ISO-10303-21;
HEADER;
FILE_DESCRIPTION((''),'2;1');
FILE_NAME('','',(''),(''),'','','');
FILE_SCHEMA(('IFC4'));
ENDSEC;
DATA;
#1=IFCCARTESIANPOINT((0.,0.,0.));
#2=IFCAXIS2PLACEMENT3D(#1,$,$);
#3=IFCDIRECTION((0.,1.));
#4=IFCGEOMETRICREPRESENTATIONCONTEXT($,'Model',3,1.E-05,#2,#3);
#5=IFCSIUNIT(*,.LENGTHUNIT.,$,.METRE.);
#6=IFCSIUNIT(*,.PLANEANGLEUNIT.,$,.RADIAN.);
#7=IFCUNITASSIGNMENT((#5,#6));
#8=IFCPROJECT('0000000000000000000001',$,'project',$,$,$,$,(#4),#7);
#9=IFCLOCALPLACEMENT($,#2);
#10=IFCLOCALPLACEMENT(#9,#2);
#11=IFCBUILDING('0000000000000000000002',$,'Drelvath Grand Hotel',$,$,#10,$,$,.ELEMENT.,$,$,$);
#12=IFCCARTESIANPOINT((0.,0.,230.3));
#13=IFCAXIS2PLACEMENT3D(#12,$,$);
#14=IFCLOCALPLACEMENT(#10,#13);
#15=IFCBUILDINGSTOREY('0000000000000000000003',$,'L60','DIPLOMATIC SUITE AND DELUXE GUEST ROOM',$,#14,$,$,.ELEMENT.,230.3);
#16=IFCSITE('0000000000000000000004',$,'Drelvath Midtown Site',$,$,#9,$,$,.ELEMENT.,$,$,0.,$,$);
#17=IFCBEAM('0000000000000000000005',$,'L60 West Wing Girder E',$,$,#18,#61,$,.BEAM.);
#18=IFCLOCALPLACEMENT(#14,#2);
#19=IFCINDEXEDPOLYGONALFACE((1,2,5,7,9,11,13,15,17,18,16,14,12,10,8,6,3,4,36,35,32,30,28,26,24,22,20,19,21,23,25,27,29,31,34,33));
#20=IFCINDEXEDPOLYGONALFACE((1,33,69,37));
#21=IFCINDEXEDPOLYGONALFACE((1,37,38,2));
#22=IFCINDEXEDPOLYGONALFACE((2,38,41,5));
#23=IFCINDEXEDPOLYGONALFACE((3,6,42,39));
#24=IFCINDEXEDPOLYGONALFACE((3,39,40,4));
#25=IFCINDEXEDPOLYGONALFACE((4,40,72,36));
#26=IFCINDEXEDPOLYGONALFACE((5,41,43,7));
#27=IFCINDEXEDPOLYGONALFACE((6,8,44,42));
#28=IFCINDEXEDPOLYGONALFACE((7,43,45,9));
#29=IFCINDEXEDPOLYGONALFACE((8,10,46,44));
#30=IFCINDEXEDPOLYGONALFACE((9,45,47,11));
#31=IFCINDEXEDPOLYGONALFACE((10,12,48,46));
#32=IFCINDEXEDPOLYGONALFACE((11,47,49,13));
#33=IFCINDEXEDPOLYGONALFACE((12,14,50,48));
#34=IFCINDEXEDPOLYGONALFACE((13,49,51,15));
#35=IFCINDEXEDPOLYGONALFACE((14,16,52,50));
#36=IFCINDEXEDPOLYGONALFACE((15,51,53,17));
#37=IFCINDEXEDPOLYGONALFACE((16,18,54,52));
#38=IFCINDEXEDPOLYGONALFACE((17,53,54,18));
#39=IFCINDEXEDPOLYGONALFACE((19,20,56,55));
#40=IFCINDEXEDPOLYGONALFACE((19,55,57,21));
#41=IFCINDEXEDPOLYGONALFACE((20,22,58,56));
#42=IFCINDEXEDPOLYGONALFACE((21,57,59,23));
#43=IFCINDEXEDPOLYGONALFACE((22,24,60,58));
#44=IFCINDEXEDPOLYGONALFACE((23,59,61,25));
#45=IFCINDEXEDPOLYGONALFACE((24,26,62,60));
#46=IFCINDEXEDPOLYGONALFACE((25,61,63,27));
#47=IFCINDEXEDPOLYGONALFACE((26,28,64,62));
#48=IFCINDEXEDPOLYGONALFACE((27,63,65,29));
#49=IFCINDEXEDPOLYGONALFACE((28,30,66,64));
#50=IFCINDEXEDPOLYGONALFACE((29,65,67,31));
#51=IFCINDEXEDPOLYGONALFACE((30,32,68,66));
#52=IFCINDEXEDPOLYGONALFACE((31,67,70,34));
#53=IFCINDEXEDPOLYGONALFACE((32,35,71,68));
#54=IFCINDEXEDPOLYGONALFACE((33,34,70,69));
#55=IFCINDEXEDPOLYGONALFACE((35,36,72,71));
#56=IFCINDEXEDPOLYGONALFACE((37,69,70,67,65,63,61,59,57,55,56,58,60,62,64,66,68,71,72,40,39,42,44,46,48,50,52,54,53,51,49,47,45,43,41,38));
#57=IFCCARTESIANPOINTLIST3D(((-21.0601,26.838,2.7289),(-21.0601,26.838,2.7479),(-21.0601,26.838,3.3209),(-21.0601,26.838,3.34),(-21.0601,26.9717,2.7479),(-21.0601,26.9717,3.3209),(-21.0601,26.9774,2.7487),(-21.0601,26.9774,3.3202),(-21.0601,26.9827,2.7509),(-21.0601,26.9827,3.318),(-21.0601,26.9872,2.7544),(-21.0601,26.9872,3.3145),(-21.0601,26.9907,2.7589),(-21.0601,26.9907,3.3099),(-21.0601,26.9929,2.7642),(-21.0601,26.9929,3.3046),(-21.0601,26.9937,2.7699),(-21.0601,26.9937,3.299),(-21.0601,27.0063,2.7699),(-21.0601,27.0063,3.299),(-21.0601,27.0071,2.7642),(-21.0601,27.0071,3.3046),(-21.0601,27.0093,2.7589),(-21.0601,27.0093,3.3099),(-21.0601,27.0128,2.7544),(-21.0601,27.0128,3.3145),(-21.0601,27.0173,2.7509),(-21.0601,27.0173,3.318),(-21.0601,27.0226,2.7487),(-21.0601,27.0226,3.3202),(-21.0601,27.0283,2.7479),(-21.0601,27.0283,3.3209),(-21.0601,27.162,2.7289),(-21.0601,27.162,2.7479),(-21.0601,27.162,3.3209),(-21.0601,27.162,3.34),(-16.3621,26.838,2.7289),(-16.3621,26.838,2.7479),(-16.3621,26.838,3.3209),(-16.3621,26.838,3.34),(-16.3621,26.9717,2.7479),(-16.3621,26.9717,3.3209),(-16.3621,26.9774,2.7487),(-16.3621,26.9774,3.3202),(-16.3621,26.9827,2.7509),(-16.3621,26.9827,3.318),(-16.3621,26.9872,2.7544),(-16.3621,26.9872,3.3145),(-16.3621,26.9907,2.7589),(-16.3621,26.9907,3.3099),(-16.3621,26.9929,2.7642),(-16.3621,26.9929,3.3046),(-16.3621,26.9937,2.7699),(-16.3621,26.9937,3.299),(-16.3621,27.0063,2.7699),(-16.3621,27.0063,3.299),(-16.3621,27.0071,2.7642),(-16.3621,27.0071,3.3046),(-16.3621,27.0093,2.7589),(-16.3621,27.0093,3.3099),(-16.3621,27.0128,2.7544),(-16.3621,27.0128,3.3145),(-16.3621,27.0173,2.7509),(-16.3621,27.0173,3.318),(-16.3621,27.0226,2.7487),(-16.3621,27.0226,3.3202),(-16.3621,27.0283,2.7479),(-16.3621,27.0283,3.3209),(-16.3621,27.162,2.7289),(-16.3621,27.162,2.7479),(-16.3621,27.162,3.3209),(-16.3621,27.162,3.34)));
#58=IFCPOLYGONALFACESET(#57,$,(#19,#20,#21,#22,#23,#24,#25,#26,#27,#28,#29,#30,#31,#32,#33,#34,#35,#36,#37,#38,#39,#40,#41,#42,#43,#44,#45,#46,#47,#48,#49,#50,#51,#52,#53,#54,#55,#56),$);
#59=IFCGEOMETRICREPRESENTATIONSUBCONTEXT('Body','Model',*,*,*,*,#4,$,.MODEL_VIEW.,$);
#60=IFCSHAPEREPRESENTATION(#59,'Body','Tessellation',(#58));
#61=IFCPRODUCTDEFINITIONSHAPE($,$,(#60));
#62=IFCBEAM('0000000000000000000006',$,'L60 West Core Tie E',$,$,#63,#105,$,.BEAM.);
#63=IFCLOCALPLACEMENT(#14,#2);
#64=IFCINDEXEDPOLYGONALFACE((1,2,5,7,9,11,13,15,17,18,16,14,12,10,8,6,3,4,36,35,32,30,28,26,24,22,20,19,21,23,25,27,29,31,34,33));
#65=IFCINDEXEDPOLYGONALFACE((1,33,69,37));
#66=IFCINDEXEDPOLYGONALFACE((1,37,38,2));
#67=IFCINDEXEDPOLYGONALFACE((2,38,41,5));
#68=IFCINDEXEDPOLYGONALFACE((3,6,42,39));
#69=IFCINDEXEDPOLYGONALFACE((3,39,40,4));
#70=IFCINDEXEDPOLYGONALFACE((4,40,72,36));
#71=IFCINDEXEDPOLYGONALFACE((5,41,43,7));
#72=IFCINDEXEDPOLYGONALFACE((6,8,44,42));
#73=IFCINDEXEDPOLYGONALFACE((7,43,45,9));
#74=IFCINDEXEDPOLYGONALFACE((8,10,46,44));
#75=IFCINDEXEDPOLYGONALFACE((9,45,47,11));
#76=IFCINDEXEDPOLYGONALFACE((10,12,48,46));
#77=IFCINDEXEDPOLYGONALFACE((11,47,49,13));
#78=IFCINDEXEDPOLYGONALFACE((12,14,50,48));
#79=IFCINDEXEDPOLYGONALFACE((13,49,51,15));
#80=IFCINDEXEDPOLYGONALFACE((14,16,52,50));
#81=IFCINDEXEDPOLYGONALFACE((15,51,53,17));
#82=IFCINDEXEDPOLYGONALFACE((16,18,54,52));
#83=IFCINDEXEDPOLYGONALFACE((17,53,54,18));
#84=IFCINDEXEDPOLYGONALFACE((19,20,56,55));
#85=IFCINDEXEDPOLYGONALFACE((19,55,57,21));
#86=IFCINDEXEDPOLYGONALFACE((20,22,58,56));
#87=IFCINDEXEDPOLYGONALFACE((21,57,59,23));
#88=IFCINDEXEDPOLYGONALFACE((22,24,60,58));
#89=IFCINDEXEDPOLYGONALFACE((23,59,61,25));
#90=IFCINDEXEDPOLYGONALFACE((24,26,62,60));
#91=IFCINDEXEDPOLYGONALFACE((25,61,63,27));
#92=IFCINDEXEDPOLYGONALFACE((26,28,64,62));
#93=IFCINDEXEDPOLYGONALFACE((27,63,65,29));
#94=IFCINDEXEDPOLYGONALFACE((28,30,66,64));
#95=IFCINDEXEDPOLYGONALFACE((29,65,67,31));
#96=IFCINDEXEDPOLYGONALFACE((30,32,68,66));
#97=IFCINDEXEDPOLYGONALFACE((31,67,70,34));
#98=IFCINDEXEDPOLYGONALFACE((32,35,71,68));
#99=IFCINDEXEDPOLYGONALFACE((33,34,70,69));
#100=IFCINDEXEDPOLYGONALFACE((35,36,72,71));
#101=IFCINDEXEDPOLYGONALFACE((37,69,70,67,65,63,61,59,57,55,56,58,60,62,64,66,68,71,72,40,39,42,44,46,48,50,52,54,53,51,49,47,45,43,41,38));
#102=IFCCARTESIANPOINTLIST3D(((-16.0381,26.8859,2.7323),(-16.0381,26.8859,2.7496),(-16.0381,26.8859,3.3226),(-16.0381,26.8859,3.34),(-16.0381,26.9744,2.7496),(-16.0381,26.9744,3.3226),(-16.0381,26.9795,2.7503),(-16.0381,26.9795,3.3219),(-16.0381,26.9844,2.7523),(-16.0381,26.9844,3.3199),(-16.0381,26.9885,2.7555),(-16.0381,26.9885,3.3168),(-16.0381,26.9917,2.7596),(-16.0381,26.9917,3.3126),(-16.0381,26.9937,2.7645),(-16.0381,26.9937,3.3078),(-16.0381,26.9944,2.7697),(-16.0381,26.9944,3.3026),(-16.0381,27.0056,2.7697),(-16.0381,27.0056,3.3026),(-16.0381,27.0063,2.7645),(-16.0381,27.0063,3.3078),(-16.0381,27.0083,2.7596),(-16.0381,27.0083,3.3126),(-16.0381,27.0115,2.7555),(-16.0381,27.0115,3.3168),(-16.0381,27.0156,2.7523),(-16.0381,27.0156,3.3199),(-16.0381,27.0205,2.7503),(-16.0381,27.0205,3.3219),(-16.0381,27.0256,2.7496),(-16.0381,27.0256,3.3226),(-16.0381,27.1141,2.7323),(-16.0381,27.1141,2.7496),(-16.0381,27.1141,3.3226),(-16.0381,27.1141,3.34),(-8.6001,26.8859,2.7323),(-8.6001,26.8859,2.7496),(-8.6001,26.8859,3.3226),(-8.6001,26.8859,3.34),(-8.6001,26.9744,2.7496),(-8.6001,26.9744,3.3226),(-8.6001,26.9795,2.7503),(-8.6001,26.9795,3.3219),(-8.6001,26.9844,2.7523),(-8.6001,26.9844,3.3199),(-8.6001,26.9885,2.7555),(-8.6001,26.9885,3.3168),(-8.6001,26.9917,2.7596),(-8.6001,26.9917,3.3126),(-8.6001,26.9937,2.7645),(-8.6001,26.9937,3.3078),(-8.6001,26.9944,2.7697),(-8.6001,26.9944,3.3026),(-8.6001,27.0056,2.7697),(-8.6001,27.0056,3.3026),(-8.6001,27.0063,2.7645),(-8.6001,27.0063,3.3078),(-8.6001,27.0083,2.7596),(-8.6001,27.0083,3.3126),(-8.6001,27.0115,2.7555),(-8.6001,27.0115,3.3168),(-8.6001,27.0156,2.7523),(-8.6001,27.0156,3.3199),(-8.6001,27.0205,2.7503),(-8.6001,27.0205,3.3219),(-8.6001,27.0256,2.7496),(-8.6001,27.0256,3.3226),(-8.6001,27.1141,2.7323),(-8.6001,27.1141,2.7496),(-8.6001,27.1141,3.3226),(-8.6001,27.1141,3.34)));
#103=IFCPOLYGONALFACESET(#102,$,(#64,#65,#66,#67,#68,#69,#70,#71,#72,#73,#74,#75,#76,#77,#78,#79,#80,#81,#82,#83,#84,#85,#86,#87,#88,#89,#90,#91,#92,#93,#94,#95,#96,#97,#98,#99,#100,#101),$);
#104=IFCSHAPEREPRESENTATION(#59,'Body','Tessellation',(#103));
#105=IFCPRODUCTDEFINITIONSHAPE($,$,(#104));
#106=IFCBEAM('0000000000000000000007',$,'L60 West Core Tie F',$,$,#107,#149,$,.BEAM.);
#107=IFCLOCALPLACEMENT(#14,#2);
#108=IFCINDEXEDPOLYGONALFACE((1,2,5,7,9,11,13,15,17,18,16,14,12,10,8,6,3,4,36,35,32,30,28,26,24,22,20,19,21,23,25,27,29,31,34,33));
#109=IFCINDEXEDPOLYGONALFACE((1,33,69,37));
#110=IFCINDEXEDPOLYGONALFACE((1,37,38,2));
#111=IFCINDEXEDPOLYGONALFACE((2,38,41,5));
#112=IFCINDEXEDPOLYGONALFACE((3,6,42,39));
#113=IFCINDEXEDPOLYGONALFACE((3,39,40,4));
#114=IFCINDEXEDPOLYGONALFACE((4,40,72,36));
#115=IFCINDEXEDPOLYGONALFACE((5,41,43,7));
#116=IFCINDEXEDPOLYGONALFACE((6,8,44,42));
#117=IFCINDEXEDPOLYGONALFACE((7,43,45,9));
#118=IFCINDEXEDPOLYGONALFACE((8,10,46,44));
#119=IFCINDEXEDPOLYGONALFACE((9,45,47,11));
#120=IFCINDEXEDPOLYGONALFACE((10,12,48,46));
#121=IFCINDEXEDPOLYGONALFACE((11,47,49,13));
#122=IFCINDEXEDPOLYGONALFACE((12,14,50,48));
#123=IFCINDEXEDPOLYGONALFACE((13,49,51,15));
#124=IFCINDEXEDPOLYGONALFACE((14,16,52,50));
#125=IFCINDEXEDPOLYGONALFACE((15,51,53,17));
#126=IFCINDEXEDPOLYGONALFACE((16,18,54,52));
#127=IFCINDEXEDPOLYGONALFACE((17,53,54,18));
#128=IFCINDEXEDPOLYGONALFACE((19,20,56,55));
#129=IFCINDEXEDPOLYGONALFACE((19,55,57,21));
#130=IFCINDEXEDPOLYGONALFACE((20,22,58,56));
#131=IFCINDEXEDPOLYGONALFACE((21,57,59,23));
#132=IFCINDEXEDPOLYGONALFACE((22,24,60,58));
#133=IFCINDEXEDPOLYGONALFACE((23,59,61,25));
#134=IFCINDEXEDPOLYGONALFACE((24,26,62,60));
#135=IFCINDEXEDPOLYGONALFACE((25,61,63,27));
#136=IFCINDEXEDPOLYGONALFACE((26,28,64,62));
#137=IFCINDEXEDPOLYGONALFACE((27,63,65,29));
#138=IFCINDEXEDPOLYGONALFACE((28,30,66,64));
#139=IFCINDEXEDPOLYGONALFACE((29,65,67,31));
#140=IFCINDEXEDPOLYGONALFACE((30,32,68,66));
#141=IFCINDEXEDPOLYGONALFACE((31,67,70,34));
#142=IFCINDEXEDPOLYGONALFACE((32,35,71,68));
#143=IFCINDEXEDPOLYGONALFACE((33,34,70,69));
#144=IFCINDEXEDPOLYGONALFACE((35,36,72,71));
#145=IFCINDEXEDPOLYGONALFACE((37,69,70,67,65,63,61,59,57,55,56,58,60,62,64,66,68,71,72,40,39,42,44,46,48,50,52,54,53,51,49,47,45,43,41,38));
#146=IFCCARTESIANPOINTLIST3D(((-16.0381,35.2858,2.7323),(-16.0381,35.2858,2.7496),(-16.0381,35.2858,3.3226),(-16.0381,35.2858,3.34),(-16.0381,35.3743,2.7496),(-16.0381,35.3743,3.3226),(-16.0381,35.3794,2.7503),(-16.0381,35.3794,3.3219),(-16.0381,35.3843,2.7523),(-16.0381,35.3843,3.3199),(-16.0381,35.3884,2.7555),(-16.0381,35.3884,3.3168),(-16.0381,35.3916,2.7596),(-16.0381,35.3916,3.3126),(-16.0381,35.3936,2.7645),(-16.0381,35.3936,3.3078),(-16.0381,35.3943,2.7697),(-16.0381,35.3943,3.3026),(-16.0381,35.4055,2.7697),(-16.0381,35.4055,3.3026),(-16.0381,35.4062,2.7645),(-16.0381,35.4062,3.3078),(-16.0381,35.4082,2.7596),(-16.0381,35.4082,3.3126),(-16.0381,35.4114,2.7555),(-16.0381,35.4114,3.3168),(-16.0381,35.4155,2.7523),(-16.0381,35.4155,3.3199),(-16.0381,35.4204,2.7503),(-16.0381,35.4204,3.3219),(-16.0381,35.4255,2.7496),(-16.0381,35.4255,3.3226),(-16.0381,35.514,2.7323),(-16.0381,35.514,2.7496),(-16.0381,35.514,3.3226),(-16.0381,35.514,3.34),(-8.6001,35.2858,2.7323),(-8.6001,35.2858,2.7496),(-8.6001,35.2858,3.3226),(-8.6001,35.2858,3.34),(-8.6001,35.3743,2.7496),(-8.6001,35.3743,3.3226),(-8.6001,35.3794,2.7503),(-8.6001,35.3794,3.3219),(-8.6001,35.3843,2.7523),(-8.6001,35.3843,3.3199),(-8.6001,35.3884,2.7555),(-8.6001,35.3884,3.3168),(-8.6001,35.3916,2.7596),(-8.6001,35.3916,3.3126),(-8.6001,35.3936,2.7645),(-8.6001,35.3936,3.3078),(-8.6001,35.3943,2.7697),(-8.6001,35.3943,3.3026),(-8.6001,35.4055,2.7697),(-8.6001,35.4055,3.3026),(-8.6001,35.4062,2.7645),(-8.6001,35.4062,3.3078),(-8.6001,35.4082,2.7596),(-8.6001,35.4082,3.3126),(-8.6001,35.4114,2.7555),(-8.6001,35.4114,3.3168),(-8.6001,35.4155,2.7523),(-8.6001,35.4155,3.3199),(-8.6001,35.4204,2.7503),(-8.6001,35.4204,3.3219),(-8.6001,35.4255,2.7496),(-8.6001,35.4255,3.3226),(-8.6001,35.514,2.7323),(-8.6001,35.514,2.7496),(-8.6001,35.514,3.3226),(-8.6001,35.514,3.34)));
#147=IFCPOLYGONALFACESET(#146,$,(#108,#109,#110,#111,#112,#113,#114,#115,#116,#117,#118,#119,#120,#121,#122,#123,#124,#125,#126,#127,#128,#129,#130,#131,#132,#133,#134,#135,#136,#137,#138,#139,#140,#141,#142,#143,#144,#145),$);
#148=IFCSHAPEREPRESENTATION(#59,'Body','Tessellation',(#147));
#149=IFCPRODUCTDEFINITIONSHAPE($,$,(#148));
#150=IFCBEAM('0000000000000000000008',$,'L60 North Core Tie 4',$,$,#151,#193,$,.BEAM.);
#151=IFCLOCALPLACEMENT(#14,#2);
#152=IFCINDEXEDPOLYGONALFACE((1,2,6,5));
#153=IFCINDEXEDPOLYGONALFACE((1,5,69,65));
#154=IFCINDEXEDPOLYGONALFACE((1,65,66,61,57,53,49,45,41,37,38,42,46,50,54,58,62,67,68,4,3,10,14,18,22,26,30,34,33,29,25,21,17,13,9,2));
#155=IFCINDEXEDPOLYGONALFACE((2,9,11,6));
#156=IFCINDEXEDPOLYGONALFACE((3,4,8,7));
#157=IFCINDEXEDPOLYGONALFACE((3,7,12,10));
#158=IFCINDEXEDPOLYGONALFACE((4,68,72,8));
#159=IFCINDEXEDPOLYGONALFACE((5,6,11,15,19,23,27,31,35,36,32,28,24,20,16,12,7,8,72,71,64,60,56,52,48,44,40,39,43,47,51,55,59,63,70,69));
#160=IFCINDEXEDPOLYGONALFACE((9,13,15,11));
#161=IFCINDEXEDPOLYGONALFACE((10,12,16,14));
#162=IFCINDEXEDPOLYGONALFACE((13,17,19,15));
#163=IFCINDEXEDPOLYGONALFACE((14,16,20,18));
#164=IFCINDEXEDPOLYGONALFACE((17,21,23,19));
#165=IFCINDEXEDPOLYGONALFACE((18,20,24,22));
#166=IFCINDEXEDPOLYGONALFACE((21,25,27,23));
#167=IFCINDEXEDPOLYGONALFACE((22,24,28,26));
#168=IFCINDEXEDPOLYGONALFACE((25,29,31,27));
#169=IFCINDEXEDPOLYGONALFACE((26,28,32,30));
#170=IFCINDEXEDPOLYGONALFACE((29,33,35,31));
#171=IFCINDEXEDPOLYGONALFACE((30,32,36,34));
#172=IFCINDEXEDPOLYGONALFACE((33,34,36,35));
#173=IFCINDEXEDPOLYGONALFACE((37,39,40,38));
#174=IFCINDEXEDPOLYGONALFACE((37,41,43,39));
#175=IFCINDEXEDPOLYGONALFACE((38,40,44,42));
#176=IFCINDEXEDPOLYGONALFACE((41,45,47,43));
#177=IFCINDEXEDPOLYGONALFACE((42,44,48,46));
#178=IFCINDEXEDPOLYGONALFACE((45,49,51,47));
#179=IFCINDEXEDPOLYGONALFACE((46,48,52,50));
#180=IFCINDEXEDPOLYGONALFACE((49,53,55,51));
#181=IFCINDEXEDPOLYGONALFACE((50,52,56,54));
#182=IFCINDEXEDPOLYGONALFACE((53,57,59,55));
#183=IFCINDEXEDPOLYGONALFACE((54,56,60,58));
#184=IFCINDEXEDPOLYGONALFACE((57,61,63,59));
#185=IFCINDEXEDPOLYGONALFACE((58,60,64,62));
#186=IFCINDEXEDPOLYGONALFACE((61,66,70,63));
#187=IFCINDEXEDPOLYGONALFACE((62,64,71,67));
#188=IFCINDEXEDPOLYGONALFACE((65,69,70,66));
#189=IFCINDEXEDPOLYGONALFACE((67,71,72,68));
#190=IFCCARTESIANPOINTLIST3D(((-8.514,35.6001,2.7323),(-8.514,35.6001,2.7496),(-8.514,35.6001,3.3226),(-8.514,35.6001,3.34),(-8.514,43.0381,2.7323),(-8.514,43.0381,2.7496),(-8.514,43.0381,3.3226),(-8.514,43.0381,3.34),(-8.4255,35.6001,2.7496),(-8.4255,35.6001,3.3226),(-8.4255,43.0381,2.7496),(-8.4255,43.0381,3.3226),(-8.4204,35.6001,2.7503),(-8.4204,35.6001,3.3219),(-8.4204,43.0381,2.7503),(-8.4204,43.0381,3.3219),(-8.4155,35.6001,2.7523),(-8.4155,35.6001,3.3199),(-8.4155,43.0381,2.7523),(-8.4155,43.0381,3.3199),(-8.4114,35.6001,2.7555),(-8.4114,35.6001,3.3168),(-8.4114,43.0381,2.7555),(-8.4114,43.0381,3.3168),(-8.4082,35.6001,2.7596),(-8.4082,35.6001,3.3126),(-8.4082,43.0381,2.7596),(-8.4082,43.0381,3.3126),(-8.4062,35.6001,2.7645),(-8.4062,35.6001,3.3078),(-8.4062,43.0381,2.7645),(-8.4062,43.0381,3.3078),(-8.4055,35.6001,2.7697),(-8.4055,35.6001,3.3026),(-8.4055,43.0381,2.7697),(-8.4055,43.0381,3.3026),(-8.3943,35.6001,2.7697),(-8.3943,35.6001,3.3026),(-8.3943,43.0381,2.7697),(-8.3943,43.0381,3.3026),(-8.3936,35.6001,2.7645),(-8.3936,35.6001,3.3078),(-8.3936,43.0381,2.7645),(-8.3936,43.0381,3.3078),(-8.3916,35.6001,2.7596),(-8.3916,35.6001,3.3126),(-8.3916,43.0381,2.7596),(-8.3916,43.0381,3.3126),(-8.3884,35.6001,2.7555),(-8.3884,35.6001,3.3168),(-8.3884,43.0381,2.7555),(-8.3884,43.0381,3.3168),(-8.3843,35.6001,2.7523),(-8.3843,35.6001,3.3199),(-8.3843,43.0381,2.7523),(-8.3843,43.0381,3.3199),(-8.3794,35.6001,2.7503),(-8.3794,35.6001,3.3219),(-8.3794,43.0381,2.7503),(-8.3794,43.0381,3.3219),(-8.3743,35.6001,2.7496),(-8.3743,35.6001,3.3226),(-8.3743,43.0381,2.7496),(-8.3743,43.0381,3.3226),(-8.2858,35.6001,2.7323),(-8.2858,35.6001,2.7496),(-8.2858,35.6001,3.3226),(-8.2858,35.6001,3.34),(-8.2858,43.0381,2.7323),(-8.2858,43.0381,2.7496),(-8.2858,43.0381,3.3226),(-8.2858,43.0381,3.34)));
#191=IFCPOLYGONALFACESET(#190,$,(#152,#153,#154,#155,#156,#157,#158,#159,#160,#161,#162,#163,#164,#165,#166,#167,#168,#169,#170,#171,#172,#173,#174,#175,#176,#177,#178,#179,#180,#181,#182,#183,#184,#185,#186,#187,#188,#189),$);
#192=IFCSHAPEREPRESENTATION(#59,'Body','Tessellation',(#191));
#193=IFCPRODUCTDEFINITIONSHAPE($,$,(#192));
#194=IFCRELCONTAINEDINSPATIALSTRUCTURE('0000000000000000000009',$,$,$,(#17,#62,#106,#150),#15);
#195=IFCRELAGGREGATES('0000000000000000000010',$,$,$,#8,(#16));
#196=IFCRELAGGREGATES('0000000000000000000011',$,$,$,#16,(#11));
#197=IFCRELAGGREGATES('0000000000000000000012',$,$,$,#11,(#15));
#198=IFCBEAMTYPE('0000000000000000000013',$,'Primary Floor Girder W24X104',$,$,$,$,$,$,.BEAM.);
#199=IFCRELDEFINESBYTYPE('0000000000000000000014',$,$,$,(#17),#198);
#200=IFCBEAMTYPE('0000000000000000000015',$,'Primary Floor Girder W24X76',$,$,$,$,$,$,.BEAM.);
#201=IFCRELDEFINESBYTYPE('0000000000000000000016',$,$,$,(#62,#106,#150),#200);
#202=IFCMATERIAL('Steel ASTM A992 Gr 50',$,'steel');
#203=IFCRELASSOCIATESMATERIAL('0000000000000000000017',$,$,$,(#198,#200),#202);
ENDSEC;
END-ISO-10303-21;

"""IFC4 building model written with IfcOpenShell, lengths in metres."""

from ifc_helpers import new_model, si_unit, direction, frame, origin, origin_2d, place, context, subcontext, project, spatial, i_section, extrude, material, material_profile, profile_set, type_object, element, save


model = new_model("IFC4")

# Units and contexts
model_context = context("Model", 3, precision=1e-05, world=origin(), true_north=direction((0.0, 1.0)))
body_context = subcontext(model_context, "Body", "Model", "MODEL_VIEW")
ifc_project = project(units=[si_unit("LENGTHUNIT", "METRE"), si_unit("PLANEANGLEUNIT", "RADIAN")], contexts=[model_context])

# Site, building, storey
site_placement = place(None, origin())
site = spatial("IfcSite", under=ifc_project, at=site_placement, Name="Drelvath Midtown Site", CompositionType="ELEMENT", RefElevation=0.0)
building_placement = place(site_placement, origin())
building = spatial("IfcBuilding", under=site, at=building_placement, Name="Drelvath Grand Hotel", CompositionType="ELEMENT")
storey_placement = place(building_placement, frame((0.0, 0.0, 230.3)))
storey = spatial("IfcBuildingStorey", under=building, at=storey_placement, Name="L60", Description="DIPLOMATIC SUITE AND DELUXE GUEST ROOM", CompositionType="ELEMENT", Elevation=230.3)

# Beams
ifc_material_1 = material(Name="Steel ASTM A992 Gr 50", Category="steel")
ifc_material_profile_1 = material_profile(ifc_material_1, i_section(OverallWidth=0.324, OverallDepth=0.6111, WebThickness=0.0127, FlangeThickness=0.019, FilletRadius=0.022, at=origin_2d()), Name="W24X104")
ifc_profile_set_1 = profile_set([ifc_material_profile_1], Name="Steel ASTM A992 Gr 50")
beam_type_1 = type_object("IfcBeamType", Name="Primary Floor Girder W24X104", PredefinedType="BEAM", material=ifc_profile_set_1)
beam_placement = place(storey_placement, frame((-21.0601, 27.0, 3.0344), z_axis=(1.0, 0.0, 0.0), x_axis=(0.0, 1.0, 0.0)))
element("IfcBeam", 1, at=beam_placement, inside=storey, type_object=beam_type_1, Name="L60 West Wing Girder E", PredefinedType="BEAM", context=body_context, shape_type="SweptSolid", body=[
    extrude(i_section(OverallWidth=0.324, OverallDepth=0.6111, WebThickness=0.0127, FlangeThickness=0.019, FilletRadius=0.022, at=origin_2d()), origin(), (0.0, 0.0, 1.0), 4.698),
])
ifc_material_profile_2 = material_profile(ifc_material_1, i_section(OverallWidth=0.2283, OverallDepth=0.6077, WebThickness=0.0112, FlangeThickness=0.0173, FilletRadius=0.02, at=origin_2d()), Name="W24X76")
ifc_profile_set_2 = profile_set([ifc_material_profile_2], Name="Steel ASTM A992 Gr 50")
beam_type_2 = type_object("IfcBeamType", Name="Primary Floor Girder W24X76", PredefinedType="BEAM", material=ifc_profile_set_2)
for number, where, z_axis, x_axis, name in (
    (2, (-16.0381, 27.0, 3.0361), (1.0, 0.0, 0.0), (0.0, 1.0, 0.0), "L60 West Core Tie E"),
    (3, (-16.0381, 35.3999, 3.0361), (1.0, 0.0, 0.0), (0.0, 1.0, 0.0), "L60 West Core Tie F"),
    (4, (-8.3999, 35.6001, 3.0361), (0.0, 1.0, 0.0), (-1.0, 0.0, 0.0), "L60 North Core Tie 4"),
):
    element("IfcBeam", number, at=place(storey_placement, frame(where, z_axis=z_axis, x_axis=x_axis)), inside=storey, type_object=beam_type_2, Name=name, PredefinedType="BEAM", context=body_context, shape_type="SweptSolid", body=[
        extrude(i_section(OverallWidth=0.2283, OverallDepth=0.6077, WebThickness=0.0112, FlangeThickness=0.0173, FilletRadius=0.02, at=origin_2d()), origin(), (0.0, 0.0, 1.0), 7.438),
    ])

save(model, "model.ifc")
